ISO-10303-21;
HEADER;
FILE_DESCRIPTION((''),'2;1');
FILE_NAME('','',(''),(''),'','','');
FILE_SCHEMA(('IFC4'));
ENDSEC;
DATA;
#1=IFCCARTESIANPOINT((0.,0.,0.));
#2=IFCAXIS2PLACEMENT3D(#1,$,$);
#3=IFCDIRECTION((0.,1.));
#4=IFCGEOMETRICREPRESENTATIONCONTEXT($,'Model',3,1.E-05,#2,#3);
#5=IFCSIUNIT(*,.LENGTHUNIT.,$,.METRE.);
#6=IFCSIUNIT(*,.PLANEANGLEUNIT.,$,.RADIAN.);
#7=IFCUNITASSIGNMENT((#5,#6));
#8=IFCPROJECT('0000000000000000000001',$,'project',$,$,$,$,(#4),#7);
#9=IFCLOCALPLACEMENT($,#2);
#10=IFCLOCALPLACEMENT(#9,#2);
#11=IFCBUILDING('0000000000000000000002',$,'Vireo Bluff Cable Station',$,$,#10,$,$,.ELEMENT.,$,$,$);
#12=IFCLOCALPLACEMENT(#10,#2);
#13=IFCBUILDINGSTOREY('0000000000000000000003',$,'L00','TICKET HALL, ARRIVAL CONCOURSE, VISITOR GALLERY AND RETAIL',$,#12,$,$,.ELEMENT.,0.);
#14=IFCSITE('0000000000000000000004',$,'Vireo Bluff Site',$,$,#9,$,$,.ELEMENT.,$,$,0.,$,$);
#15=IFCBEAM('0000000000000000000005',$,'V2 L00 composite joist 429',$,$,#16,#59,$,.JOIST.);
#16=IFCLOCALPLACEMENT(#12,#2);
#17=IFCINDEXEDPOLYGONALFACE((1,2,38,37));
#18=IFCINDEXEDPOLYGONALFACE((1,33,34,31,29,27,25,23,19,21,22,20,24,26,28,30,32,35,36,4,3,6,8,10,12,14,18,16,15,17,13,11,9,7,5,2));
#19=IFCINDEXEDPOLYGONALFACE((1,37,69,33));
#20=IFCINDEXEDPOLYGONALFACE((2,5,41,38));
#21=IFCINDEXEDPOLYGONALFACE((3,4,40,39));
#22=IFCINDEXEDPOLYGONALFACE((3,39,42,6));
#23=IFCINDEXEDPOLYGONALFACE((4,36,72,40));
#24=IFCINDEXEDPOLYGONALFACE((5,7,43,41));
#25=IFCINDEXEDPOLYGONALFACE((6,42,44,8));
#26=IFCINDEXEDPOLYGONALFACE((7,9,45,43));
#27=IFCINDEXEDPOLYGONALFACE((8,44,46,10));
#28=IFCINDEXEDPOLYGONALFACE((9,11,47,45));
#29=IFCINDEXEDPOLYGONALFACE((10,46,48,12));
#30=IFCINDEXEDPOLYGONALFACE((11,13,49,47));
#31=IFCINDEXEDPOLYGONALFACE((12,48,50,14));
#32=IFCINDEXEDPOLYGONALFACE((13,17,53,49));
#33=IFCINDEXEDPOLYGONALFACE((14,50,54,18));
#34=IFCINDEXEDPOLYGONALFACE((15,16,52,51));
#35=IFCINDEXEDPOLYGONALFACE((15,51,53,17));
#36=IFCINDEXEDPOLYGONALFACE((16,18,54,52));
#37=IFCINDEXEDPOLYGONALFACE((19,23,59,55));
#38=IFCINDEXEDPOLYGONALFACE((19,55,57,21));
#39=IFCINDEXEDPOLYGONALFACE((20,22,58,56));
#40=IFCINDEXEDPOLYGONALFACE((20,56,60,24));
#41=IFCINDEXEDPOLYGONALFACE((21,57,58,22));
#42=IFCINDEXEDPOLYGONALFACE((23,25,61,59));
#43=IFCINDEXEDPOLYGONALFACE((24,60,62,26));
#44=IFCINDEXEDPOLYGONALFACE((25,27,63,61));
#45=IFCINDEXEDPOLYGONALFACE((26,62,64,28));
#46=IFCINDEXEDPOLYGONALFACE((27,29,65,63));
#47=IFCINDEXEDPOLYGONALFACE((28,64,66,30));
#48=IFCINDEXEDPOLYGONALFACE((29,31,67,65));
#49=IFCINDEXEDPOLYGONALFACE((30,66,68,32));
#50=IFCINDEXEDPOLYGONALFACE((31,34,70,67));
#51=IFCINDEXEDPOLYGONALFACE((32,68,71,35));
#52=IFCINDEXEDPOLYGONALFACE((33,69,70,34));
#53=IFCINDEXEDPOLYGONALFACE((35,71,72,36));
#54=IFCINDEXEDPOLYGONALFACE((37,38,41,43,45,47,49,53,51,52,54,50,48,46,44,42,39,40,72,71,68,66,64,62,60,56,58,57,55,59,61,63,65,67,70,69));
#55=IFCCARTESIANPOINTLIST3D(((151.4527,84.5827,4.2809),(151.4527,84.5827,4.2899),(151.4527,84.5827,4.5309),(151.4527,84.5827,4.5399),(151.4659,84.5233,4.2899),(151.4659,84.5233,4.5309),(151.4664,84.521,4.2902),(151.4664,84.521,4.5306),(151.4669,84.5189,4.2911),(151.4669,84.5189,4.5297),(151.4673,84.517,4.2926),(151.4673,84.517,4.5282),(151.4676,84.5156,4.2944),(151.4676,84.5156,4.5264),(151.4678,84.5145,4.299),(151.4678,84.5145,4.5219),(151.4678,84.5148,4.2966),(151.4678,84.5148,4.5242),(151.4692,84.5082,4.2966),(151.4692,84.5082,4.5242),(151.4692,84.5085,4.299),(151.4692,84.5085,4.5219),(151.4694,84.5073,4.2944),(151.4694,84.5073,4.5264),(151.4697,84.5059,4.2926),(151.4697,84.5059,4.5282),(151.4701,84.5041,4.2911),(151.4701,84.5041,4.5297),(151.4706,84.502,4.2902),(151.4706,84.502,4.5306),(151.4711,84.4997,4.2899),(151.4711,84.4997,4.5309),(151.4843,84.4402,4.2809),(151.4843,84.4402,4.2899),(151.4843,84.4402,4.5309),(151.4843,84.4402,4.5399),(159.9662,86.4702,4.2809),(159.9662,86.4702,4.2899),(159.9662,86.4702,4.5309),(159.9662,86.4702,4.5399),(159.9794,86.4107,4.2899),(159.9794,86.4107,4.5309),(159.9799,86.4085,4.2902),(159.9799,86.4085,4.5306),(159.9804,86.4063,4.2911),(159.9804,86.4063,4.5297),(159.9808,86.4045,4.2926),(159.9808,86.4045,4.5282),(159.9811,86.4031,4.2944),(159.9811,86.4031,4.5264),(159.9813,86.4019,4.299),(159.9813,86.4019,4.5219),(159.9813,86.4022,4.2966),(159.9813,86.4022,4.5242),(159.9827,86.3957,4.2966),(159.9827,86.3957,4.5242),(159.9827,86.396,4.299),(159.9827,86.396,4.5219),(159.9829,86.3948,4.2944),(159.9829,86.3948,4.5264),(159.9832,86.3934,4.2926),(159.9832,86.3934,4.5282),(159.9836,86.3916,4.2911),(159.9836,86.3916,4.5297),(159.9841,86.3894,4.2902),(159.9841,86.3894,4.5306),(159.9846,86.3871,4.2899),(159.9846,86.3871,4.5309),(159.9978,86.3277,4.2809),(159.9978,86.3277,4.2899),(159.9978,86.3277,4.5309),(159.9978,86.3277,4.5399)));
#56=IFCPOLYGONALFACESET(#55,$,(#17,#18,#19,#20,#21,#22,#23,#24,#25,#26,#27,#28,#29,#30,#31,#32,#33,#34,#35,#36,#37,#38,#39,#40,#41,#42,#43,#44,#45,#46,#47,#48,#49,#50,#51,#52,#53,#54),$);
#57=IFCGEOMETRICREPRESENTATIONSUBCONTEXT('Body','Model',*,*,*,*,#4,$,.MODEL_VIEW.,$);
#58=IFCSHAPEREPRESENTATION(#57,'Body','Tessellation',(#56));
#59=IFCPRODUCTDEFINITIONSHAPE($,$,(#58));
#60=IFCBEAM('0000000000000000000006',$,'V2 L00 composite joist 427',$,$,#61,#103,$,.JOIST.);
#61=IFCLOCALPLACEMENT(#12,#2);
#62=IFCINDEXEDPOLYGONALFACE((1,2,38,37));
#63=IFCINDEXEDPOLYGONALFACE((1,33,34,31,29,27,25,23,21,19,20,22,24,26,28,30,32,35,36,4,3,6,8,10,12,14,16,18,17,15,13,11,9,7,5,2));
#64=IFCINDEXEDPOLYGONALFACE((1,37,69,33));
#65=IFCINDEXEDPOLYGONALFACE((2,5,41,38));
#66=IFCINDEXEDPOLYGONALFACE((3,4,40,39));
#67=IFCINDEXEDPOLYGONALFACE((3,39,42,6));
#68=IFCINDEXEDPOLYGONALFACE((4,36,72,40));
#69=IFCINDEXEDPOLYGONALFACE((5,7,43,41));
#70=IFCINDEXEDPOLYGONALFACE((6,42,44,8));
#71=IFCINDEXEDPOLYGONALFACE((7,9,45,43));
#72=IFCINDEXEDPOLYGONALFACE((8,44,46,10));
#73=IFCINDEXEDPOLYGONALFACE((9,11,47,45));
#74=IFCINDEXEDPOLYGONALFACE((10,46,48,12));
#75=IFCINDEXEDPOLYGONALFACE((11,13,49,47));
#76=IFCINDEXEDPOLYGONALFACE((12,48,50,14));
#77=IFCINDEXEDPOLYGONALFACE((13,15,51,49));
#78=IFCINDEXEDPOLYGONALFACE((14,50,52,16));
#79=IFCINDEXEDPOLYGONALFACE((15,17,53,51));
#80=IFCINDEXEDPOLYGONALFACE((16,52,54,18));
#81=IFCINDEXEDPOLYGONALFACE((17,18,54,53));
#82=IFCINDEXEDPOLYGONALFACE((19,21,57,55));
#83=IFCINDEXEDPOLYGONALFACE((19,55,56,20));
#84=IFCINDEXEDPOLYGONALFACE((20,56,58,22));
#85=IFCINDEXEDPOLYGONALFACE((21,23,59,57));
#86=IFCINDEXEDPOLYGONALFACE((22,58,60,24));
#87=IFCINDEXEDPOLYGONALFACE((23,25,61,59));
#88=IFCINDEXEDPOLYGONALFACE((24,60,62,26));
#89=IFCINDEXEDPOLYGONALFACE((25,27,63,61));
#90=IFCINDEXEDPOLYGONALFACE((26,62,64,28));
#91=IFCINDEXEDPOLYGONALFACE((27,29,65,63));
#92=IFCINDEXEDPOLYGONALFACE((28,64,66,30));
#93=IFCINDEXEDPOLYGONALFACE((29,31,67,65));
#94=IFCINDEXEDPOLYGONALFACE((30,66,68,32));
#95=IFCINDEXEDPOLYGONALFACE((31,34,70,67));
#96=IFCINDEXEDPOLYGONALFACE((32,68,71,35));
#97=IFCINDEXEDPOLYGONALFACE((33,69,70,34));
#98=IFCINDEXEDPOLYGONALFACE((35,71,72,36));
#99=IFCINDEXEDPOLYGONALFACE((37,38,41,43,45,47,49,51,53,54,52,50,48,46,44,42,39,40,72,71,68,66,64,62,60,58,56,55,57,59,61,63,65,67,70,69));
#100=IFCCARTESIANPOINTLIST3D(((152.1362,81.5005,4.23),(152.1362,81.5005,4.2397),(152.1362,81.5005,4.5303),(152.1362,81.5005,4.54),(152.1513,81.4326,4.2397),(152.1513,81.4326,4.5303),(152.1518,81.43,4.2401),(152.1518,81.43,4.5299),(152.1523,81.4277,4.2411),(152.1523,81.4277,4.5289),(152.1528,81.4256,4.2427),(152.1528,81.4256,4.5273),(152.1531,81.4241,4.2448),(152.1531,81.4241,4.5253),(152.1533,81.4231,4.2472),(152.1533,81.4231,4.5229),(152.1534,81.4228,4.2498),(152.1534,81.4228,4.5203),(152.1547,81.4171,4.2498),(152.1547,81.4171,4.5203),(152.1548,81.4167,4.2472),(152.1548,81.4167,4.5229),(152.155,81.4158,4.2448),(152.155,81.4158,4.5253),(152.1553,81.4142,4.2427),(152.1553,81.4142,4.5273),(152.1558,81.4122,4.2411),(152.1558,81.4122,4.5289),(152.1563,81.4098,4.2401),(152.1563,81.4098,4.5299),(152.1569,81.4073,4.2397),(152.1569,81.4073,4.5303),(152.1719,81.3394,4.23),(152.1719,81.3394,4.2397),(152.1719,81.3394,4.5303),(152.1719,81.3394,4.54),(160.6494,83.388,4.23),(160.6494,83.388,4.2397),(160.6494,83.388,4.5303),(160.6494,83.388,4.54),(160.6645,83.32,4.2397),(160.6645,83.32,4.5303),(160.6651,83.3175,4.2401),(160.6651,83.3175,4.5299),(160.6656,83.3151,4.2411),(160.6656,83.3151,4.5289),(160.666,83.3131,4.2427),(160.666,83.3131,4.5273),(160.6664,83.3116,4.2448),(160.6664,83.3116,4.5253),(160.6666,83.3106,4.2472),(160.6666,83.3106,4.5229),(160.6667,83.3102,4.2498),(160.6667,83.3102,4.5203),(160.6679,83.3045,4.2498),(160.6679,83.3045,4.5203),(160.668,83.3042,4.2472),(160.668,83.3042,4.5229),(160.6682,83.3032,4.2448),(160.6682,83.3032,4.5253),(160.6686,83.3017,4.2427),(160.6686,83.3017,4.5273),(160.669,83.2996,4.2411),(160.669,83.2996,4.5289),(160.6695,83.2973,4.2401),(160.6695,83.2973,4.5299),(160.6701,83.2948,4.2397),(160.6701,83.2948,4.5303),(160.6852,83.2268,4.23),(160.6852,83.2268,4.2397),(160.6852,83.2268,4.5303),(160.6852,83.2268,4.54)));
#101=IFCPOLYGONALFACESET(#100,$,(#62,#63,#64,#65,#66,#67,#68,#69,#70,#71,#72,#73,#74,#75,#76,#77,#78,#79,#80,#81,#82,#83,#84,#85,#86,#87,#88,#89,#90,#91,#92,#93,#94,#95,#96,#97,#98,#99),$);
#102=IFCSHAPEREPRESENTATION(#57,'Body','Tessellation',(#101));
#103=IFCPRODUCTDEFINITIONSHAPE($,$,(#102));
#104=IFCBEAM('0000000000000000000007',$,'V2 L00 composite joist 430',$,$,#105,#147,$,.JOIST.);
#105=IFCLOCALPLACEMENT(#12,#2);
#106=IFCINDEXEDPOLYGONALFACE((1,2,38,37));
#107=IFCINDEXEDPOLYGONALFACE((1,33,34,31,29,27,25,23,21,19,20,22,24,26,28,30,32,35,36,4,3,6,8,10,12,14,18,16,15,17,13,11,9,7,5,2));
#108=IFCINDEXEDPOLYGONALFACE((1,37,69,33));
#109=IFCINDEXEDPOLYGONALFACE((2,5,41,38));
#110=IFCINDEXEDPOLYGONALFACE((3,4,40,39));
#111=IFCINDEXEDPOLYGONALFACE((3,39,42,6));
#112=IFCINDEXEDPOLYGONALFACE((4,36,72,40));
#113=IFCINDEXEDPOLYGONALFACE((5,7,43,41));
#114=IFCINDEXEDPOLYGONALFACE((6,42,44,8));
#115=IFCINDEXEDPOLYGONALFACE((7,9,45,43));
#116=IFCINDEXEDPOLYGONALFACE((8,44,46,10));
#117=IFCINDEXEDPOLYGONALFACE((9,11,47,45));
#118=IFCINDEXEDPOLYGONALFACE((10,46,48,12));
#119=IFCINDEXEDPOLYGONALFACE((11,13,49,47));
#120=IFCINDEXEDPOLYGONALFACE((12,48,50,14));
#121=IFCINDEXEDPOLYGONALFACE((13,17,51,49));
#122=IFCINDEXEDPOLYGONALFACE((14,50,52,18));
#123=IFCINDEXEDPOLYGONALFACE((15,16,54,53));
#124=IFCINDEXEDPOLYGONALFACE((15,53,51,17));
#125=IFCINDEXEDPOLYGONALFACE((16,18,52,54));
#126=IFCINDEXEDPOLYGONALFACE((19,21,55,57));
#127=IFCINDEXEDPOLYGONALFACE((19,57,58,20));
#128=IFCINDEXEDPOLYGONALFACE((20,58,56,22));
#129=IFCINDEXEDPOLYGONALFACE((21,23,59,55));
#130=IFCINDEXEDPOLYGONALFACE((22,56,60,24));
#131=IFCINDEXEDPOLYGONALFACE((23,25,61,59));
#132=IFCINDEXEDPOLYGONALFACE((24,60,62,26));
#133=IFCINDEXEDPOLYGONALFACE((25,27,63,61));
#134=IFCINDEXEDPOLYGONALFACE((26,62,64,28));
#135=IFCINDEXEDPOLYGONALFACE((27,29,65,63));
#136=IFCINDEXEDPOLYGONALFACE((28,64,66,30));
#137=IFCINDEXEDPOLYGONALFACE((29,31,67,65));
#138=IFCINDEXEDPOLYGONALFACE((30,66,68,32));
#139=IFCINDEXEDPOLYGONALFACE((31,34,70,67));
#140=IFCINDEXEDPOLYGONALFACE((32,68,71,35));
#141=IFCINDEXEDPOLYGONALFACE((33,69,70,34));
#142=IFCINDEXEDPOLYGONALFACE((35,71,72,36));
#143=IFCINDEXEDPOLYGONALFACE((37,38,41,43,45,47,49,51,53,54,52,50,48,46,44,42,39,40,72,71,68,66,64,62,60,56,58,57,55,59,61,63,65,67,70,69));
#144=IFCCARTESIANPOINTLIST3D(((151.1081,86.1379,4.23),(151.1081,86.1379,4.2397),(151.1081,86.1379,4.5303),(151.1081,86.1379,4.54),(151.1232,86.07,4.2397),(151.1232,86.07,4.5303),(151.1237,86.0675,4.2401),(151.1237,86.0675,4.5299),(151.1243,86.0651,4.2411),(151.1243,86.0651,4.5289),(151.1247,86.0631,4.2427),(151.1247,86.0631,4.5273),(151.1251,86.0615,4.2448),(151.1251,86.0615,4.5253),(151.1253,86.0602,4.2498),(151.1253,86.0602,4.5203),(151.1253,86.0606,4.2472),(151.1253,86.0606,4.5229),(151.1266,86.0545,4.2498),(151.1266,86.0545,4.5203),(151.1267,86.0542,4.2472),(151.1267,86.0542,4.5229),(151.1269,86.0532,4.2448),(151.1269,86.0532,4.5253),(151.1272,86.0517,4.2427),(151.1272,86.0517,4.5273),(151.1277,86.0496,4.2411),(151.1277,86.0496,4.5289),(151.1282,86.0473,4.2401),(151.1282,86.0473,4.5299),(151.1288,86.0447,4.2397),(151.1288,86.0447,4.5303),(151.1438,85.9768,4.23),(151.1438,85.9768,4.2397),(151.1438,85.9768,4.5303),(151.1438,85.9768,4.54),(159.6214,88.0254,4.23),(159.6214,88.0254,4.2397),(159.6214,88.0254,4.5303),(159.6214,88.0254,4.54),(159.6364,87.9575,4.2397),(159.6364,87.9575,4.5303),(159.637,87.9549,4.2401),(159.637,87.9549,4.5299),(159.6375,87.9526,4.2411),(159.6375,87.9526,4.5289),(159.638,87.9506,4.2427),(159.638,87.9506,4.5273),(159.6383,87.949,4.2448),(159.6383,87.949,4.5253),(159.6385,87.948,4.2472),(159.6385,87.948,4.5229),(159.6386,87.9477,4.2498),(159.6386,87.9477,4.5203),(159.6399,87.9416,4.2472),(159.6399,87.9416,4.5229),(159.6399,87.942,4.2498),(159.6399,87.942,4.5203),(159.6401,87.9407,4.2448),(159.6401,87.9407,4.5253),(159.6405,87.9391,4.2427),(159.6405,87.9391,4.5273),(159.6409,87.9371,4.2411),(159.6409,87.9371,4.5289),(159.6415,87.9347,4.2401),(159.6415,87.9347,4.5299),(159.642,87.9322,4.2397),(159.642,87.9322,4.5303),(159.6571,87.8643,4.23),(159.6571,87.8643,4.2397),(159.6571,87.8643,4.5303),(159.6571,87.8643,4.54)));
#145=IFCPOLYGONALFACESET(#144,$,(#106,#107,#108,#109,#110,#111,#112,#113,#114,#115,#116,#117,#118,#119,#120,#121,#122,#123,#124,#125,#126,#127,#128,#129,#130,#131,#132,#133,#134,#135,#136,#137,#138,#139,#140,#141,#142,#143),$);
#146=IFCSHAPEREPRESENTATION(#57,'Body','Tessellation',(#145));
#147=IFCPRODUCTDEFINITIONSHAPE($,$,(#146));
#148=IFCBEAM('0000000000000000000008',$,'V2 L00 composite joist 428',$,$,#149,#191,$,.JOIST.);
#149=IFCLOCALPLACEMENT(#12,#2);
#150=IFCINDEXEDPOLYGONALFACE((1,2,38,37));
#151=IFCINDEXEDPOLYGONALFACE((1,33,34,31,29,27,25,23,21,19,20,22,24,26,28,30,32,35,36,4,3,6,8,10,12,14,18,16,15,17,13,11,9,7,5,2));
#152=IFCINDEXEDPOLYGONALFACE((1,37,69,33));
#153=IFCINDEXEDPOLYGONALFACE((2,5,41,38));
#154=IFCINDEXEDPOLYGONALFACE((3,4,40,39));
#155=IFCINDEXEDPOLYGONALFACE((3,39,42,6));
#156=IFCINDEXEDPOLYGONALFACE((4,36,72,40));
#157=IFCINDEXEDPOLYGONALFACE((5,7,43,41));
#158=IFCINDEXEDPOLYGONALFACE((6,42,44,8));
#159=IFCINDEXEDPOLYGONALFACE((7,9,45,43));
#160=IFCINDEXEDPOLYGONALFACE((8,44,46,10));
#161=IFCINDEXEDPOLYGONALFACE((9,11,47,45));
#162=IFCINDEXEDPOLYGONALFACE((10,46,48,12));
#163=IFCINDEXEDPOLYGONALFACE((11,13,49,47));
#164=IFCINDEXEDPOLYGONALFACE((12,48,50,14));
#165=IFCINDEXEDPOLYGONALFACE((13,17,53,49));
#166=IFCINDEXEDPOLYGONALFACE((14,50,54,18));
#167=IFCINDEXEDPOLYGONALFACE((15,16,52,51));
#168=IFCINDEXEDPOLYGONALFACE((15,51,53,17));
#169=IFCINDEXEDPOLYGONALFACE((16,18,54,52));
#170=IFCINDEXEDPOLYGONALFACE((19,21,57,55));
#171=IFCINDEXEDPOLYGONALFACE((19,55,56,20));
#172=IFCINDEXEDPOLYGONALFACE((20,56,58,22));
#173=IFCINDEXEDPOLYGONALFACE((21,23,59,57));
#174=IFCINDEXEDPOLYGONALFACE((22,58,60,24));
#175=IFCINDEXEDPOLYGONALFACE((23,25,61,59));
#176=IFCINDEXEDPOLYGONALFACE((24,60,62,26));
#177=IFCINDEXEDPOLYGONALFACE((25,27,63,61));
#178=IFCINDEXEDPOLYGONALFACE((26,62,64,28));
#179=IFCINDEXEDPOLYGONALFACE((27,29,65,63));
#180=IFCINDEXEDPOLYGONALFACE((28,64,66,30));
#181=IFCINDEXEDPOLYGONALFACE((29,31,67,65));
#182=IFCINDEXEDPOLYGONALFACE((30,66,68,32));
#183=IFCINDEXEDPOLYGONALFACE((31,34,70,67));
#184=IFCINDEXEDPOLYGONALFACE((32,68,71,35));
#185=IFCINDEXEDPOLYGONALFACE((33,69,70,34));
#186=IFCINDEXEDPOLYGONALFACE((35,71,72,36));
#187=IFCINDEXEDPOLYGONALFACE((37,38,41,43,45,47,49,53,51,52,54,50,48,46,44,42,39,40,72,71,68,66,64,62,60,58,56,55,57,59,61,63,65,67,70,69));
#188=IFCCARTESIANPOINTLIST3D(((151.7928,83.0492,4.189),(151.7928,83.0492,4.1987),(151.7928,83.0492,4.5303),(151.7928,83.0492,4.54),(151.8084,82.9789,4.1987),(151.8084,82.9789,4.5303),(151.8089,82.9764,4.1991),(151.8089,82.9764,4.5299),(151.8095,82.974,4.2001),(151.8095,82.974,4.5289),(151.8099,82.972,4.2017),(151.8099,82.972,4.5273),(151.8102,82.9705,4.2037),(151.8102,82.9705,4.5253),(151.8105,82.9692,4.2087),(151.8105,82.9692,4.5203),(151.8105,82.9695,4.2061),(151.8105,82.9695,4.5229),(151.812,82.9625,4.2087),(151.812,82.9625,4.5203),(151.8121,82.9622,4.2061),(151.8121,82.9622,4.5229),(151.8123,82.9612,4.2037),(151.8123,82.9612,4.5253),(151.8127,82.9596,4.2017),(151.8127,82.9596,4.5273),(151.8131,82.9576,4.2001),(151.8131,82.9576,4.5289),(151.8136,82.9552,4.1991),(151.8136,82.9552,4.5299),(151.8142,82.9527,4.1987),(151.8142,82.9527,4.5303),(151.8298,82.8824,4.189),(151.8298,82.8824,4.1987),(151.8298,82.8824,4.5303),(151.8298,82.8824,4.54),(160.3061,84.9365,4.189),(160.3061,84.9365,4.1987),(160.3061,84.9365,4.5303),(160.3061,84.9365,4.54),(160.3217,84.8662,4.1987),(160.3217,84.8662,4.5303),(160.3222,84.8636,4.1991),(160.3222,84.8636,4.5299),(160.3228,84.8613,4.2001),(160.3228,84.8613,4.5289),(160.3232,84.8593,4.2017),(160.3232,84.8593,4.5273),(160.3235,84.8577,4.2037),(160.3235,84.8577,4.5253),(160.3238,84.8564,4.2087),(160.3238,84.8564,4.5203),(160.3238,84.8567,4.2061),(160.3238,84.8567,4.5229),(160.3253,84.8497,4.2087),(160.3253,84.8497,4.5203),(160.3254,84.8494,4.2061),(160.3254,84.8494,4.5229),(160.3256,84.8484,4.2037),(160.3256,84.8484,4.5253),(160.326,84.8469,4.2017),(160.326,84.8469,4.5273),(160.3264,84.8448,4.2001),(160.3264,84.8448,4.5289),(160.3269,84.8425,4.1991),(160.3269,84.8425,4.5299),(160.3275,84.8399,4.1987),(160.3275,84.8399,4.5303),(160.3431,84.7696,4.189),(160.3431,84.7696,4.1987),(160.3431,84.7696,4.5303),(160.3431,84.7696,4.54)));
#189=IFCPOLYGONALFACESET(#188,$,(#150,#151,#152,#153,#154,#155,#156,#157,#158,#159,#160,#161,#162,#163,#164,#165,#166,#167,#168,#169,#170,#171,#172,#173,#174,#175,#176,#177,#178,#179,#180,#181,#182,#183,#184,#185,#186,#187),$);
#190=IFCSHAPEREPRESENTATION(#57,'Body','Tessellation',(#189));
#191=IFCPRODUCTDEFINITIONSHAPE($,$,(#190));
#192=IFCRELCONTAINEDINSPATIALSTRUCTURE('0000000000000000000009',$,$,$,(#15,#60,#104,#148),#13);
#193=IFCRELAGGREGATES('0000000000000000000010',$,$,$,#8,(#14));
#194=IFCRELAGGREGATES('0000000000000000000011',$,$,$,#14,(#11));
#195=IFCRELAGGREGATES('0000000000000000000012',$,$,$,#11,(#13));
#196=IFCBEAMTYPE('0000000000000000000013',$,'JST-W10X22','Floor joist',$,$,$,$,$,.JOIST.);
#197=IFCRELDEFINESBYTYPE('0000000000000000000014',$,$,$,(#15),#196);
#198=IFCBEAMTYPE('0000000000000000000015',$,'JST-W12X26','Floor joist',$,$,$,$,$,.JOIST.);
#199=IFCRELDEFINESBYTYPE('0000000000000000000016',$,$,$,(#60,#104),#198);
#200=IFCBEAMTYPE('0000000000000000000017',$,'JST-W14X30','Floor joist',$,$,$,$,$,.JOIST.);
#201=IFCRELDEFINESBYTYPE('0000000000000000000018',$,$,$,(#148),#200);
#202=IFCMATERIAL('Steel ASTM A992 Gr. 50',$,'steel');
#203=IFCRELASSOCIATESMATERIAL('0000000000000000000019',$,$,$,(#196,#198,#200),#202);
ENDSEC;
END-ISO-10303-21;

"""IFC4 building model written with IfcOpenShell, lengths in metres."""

from ifc_helpers import new_model, si_unit, direction, frame, origin, origin_2d, place, context, subcontext, project, spatial, i_section, extrude, material, material_profile, profile_set, type_object, element, save


model = new_model("IFC4")

# Units and contexts
model_context = context("Model", 3, precision=1e-05, world=origin(), true_north=direction((0.0, 1.0)))
body_context = subcontext(model_context, "Body", "Model", "MODEL_VIEW")
ifc_project = project(units=[si_unit("LENGTHUNIT", "METRE"), si_unit("PLANEANGLEUNIT", "RADIAN")], contexts=[model_context])

# Site, building, storey
site_placement = place(None, origin())
site = spatial("IfcSite", under=ifc_project, at=site_placement, Name="Vireo Bluff Site", CompositionType="ELEMENT", RefElevation=0.0)
building_placement = place(site_placement, origin())
building = spatial("IfcBuilding", under=site, at=building_placement, Name="Vireo Bluff Cable Station", CompositionType="ELEMENT")
storey_placement = place(building_placement, origin())
storey = spatial("IfcBuildingStorey", under=building, at=storey_placement, Name="L00", Description="TICKET HALL, ARRIVAL CONCOURSE, VISITOR GALLERY AND RETAIL", CompositionType="ELEMENT", Elevation=0.0)

# Shared definitions
ifc_material_1 = material(Name="Steel ASTM A992 Gr. 50", Category="steel")

# Beams
ifc_material_profile_1 = material_profile(ifc_material_1, i_section(OverallWidth=0.146, OverallDepth=0.259, WebThickness=0.0061, FlangeThickness=0.009, FilletRadius=0.009, at=origin_2d()), Name="W10X22")
ifc_profile_set_1 = profile_set([ifc_material_profile_1], Name="Steel ASTM A992 Gr. 50")
beam_type_1 = type_object("IfcBeamType", Name="JST-W10X22", Description="Floor joist", PredefinedType="JOIST", material=ifc_profile_set_1)
beam_1_placement = place(storey_placement, frame((151.4685, 84.5115, 4.4104), z_axis=(0.976294, 0.216447, 0.0), x_axis=(-0.216447, 0.976294, 0.0)))
element("IfcBeam", 1, at=beam_1_placement, inside=storey, type_object=beam_type_1, Name="V2 L00 composite joist 429", PredefinedType="JOIST", context=body_context, shape_type="SweptSolid", body=[
    extrude(i_section(OverallWidth=0.146, OverallDepth=0.259, WebThickness=0.0061, FlangeThickness=0.009, FilletRadius=0.009, at=origin_2d()), origin(), (0.0, 0.0, 1.0), 8.7202),
])
ifc_material_profile_2 = material_profile(ifc_material_1, i_section(OverallWidth=0.165, OverallDepth=0.3101, WebThickness=0.0059, FlangeThickness=0.0098, FilletRadius=0.01, at=origin_2d()), Name="W12X26")
ifc_profile_set_2 = profile_set([ifc_material_profile_2], Name="Steel ASTM A992 Gr. 50")
beam_type_2 = type_object("IfcBeamType", Name="JST-W12X26", Description="Floor joist", PredefinedType="JOIST", material=ifc_profile_set_2)
for number, where, z_axis, x_axis, name in (
    (2, (152.1541, 81.4199, 4.385), (0.976293, 0.216453, 0.0), (-0.216453, 0.976293, 0.0), "V2 L00 composite joist 427"),
    (3, (151.126, 86.0574, 4.385), (0.976293, 0.216453, 0.0), (-0.216453, 0.976293, 0.0), "V2 L00 composite joist 430"),
):
    element("IfcBeam", number, at=place(storey_placement, frame(where, z_axis=z_axis, x_axis=x_axis)), inside=storey, type_object=beam_type_2, Name=name, PredefinedType="JOIST", context=body_context, shape_type="SweptSolid", body=[
        extrude(i_section(OverallWidth=0.165, OverallDepth=0.3101, WebThickness=0.0059, FlangeThickness=0.0098, FilletRadius=0.01, at=origin_2d()), origin(), (0.0, 0.0, 1.0), 8.72),
    ])
ifc_material_profile_3 = material_profile(ifc_material_1, i_section(OverallWidth=0.1709, OverallDepth=0.3511, WebThickness=0.0068, FlangeThickness=0.0098, FilletRadius=0.01, at=origin_2d()), Name="W14X30")
ifc_profile_set_3 = profile_set([ifc_material_profile_3], Name="Steel ASTM A992 Gr. 50")
beam_type_3 = type_object("IfcBeamType", Name="JST-W14X30", Description="Floor joist", PredefinedType="JOIST", material=ifc_profile_set_3)
for number, where, z_axis, x_axis, name in (
    (4, (151.8113, 82.9658, 4.3645), (0.976299, 0.216426, 0.0), (-0.216426, 0.976299, 0.0), "V2 L00 composite joist 428"),
):
    element("IfcBeam", number, at=place(storey_placement, frame(where, z_axis=z_axis, x_axis=x_axis)), inside=storey, type_object=beam_type_3, Name=name, PredefinedType="JOIST", context=body_context, shape_type="SweptSolid", body=[
        extrude(i_section(OverallWidth=0.1709, OverallDepth=0.3511, WebThickness=0.0068, FlangeThickness=0.0098, FilletRadius=0.01, at=origin_2d()), origin(), (0.0, 0.0, 1.0), 8.72),
    ])

save(model, "model.ifc")
